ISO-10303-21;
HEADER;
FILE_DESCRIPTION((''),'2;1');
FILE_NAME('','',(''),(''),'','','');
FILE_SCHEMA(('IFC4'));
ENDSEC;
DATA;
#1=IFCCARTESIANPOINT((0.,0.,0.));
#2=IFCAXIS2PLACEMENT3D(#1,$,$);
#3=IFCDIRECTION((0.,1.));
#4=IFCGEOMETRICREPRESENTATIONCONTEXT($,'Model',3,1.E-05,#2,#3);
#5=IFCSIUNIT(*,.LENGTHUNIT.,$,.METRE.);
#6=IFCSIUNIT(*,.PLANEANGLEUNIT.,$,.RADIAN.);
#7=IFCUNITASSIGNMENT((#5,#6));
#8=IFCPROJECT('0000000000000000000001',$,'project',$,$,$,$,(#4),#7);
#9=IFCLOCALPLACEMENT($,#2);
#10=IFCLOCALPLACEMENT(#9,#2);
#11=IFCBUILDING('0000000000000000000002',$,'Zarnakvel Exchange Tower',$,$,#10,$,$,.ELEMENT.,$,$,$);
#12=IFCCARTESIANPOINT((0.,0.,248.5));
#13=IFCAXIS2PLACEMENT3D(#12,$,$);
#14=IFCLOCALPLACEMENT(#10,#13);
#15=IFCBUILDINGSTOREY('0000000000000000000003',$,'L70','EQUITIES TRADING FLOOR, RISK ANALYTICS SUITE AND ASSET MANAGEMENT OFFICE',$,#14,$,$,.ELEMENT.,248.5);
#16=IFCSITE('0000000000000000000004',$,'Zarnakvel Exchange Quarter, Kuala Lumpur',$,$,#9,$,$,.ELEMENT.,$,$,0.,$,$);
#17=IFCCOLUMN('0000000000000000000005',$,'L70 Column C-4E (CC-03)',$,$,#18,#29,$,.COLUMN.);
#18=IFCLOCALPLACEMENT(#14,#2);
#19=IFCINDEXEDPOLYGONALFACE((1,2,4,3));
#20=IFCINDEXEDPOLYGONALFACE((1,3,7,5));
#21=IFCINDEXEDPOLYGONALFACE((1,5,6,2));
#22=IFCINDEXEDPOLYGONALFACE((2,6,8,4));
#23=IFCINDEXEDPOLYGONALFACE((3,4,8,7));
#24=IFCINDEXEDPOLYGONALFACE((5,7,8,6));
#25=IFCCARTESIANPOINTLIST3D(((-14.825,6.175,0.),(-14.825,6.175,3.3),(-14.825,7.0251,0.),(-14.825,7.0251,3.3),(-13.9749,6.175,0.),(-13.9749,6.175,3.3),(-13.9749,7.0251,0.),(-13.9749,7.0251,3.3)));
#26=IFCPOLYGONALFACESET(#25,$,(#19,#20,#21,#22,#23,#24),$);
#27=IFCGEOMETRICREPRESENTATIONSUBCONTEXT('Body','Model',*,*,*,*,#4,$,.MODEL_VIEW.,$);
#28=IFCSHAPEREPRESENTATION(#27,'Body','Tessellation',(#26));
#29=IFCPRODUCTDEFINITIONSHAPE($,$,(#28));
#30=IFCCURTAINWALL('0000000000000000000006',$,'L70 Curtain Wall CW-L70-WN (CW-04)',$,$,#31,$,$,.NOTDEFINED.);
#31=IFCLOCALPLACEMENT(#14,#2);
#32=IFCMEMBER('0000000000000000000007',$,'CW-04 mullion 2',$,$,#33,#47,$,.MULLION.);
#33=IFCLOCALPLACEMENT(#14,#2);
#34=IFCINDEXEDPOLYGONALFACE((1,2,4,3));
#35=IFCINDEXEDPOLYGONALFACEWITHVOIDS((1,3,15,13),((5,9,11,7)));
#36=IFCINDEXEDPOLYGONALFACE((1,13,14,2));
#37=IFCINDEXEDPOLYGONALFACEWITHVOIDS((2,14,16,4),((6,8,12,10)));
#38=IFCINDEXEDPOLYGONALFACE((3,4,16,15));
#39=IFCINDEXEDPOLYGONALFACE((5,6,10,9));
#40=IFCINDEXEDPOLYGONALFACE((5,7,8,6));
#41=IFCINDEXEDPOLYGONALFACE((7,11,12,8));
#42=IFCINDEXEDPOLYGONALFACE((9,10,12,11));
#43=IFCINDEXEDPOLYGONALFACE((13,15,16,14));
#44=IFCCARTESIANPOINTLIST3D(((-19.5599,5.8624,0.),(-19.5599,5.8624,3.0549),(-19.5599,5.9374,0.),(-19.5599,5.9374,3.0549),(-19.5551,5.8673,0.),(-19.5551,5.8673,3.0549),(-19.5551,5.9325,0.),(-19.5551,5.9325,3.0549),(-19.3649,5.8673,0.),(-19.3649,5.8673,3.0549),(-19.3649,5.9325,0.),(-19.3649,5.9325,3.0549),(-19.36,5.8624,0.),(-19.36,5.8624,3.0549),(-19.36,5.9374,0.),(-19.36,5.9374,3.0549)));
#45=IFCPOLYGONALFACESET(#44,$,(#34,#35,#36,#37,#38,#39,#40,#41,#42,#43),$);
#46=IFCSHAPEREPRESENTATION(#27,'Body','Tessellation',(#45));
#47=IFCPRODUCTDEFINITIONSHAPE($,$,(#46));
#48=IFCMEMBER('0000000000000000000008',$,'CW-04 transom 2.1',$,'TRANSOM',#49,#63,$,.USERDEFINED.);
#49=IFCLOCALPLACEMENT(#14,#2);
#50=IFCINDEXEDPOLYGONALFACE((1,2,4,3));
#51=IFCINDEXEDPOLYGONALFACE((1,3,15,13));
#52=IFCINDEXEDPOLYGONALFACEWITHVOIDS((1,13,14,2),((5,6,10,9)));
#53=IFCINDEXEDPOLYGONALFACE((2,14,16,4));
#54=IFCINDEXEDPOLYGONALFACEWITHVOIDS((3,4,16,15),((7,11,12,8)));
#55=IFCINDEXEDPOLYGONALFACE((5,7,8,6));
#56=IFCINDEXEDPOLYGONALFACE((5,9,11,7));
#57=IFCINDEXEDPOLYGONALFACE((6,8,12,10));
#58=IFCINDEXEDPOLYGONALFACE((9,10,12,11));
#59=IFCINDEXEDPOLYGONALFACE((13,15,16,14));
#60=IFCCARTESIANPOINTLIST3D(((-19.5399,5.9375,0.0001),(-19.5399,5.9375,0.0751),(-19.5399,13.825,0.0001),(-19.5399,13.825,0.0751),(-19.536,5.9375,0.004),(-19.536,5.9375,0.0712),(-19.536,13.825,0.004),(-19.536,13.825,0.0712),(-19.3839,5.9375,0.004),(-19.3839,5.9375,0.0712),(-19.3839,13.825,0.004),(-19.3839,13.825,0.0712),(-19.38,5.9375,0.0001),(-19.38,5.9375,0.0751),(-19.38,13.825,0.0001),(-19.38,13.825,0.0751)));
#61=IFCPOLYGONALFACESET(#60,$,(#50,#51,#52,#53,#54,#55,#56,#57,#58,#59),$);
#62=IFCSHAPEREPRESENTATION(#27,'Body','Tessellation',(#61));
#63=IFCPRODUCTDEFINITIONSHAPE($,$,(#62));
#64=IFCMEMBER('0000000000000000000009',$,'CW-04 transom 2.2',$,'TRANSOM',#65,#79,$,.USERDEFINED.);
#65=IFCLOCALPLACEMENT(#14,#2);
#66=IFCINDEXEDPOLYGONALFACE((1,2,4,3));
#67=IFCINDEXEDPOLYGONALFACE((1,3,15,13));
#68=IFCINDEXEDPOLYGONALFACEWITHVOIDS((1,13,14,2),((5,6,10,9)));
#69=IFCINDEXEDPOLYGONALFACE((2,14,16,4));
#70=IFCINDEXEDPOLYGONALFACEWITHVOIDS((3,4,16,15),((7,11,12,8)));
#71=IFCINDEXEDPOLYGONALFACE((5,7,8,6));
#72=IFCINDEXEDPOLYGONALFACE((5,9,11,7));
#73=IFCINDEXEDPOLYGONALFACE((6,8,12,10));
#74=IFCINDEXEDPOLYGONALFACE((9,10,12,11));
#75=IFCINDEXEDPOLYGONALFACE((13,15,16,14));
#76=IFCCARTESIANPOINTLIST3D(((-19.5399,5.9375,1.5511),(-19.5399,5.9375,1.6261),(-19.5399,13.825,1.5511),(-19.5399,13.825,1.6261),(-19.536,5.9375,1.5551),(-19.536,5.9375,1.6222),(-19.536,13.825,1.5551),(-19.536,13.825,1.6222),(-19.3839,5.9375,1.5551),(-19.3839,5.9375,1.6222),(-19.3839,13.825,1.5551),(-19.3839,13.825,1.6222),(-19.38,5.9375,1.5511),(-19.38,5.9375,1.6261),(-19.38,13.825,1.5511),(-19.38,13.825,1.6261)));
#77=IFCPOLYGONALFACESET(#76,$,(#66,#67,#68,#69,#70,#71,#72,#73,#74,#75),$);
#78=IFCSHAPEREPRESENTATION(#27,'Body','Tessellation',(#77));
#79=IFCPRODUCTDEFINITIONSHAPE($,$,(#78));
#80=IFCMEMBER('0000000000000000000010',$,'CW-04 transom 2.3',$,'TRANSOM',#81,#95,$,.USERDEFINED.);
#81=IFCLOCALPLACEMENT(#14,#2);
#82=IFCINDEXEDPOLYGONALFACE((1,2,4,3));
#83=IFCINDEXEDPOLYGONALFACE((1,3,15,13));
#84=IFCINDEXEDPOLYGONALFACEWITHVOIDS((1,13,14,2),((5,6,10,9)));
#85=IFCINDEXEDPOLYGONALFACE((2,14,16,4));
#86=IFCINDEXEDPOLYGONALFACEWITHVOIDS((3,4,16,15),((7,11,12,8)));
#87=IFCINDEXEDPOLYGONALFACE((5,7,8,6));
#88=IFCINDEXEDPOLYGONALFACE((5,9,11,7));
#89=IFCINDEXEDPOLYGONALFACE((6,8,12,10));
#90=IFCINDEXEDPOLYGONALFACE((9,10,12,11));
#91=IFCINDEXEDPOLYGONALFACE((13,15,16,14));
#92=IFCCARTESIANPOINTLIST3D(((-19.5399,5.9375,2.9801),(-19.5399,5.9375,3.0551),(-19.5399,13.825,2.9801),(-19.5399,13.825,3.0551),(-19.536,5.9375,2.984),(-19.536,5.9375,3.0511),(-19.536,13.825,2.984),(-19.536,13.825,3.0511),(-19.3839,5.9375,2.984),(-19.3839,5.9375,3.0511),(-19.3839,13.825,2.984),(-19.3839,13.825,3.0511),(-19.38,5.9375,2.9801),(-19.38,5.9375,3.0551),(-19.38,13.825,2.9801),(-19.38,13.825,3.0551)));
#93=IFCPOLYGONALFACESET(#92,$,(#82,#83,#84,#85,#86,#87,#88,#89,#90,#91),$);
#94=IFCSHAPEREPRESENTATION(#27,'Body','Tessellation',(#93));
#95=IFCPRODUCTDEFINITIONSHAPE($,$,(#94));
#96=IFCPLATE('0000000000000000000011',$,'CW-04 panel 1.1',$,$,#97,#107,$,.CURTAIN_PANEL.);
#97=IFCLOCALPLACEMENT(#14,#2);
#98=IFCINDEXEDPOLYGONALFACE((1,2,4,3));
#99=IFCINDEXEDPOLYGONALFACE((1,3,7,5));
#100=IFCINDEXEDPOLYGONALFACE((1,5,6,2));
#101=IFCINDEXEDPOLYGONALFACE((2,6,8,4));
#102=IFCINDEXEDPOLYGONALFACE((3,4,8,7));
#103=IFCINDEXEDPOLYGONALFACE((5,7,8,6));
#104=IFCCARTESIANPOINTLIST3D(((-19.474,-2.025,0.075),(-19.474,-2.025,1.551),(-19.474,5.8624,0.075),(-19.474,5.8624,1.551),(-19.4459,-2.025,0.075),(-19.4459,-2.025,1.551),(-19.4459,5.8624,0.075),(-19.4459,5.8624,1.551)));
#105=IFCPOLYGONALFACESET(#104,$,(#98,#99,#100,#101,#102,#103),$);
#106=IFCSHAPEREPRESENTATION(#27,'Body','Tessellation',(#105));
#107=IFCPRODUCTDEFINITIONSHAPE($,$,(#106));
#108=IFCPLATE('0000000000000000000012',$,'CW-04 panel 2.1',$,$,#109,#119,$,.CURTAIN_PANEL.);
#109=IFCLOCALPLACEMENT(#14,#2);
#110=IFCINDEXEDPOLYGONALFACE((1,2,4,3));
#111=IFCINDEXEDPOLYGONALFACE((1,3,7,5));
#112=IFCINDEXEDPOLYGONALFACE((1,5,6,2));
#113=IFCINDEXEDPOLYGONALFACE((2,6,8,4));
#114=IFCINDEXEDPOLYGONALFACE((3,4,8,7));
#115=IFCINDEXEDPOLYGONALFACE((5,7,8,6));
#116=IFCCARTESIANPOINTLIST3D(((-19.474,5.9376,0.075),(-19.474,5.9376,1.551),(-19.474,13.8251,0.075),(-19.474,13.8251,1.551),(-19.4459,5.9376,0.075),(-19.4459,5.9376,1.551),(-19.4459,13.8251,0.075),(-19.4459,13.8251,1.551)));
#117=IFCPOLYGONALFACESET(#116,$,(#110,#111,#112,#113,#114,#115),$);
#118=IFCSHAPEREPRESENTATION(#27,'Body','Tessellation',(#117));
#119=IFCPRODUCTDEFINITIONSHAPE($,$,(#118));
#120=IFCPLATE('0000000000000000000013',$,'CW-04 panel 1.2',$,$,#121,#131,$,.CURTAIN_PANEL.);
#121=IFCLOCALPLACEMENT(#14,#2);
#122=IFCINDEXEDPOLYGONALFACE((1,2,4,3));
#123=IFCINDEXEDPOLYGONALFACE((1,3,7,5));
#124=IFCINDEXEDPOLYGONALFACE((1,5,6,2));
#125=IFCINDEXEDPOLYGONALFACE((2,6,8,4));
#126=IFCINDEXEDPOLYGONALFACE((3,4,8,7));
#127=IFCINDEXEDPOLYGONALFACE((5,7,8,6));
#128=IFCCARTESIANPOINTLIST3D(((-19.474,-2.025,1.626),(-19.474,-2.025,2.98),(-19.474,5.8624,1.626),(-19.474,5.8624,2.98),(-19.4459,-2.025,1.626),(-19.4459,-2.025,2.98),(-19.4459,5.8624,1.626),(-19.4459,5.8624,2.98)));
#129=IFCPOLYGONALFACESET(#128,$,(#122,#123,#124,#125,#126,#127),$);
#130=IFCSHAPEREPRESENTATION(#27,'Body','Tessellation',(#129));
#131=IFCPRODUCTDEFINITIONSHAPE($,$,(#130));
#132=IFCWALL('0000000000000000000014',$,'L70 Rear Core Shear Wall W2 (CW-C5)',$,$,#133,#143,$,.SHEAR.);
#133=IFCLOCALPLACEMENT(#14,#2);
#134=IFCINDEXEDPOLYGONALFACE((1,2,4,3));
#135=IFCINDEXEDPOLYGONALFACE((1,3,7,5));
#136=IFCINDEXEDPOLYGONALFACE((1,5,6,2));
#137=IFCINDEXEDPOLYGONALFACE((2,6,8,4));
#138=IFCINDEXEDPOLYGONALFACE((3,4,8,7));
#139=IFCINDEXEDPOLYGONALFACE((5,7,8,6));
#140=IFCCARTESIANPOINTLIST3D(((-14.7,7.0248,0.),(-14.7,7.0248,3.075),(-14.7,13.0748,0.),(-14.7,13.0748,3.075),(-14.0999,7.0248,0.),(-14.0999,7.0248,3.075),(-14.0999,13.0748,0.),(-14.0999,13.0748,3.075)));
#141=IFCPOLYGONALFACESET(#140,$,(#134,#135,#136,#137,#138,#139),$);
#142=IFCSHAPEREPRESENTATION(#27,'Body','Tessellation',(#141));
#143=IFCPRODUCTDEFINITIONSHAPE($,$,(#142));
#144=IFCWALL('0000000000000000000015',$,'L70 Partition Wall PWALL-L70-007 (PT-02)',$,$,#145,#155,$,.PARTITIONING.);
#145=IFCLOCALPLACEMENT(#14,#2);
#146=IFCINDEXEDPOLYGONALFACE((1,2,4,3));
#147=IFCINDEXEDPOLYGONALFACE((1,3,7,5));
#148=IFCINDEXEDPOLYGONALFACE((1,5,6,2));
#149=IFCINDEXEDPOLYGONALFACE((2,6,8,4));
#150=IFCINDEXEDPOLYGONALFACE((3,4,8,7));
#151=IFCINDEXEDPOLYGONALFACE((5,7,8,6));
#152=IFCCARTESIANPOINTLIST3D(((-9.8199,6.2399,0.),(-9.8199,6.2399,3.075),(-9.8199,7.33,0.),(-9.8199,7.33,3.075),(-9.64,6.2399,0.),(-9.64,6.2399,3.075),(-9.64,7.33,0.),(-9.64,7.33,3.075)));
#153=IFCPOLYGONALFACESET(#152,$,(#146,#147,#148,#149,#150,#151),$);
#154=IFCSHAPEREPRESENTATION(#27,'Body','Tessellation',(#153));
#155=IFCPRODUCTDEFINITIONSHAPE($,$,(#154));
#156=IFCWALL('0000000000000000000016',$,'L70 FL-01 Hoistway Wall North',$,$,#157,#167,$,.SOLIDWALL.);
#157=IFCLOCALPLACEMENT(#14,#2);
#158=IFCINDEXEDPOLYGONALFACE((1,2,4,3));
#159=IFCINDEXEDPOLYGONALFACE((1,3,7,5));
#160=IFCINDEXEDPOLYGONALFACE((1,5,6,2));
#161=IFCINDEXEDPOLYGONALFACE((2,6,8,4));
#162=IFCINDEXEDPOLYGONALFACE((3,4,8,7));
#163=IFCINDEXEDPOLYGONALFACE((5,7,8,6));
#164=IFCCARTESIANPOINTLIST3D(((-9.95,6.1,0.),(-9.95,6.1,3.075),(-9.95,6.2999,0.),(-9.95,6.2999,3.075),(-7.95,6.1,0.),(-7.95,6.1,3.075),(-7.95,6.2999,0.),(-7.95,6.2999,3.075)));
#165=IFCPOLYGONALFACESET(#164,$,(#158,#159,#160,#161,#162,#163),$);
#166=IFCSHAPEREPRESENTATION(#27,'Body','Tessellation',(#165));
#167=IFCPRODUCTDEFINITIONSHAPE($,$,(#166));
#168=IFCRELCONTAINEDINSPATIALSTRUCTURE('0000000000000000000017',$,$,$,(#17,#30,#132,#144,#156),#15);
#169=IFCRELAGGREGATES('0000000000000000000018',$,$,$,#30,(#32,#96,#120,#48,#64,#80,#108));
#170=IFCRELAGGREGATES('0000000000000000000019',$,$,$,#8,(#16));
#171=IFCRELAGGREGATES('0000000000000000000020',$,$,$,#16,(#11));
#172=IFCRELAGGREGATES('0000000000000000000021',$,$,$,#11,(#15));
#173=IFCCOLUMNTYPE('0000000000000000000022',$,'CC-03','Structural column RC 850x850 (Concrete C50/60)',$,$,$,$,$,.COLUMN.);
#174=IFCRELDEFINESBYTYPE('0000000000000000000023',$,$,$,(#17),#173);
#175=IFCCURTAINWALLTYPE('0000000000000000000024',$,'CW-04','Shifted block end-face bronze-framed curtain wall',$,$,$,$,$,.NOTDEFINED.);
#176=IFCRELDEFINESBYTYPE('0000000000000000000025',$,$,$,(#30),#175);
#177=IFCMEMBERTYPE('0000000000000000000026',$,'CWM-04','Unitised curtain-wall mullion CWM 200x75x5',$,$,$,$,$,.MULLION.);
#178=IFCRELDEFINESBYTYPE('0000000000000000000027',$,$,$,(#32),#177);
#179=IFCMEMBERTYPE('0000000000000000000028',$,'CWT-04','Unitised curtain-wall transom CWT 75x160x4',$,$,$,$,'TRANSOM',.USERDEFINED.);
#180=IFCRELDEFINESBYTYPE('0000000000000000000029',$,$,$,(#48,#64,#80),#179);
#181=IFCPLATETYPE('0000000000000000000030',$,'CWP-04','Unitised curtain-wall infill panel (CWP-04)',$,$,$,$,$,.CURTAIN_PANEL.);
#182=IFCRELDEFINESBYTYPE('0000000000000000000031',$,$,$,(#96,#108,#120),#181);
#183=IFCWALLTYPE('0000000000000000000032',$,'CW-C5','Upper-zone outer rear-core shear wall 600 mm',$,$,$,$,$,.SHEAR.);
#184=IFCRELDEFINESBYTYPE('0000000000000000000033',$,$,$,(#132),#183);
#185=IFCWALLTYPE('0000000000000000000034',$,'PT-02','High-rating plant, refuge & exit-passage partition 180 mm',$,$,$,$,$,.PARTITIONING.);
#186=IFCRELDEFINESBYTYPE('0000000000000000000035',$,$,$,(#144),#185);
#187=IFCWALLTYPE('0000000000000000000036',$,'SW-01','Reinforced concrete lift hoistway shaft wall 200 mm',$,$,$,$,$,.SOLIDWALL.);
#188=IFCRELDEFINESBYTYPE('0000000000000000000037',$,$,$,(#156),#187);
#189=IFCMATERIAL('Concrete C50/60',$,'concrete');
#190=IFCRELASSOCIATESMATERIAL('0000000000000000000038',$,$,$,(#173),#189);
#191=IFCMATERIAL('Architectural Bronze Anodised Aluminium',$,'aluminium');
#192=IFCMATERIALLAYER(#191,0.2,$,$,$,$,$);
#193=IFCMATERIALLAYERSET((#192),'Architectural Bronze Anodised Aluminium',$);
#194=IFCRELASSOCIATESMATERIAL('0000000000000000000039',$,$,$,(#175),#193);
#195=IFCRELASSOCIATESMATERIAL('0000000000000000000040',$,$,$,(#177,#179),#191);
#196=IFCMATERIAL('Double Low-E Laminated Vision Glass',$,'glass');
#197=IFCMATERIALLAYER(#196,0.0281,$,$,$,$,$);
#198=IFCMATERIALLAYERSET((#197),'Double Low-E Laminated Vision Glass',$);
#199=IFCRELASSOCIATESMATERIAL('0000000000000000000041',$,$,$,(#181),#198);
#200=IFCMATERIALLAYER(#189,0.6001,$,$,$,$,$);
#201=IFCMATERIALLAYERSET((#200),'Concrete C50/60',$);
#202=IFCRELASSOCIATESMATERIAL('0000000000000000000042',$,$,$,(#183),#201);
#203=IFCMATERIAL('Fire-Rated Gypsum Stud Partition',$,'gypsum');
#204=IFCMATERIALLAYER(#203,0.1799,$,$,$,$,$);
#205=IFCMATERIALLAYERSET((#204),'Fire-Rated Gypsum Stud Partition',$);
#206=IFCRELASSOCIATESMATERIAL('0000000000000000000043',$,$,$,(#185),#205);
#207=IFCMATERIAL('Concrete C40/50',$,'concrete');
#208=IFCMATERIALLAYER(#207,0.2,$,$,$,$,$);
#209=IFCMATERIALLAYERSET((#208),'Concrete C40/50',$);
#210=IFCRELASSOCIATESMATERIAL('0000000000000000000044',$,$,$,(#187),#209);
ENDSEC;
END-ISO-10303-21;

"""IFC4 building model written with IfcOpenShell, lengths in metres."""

from ifc_helpers import new_model, si_unit, direction, frame, frame_2d, origin, origin_2d, place, context, subcontext, project, spatial, rectangle, hollow_rectangle, extrude, source, transform, mapped, material, layer, layer_set, material_profile, profile_set, type_object, element, aggregate, save


model = new_model("IFC4")

# Units and contexts
model_context = context("Model", 3, precision=1e-05, world=origin(), true_north=direction((0.0, 1.0)))
body_context = subcontext(model_context, "Body", "Model", "MODEL_VIEW")
ifc_project = project(units=[si_unit("LENGTHUNIT", "METRE"), si_unit("PLANEANGLEUNIT", "RADIAN")], contexts=[model_context])

# Site, building, storey
site_placement = place(None, origin())
site = spatial("IfcSite", under=ifc_project, at=site_placement, Name="Zarnakvel Exchange Quarter, Kuala Lumpur", CompositionType="ELEMENT", RefElevation=0.0)
building_placement = place(site_placement, origin())
building = spatial("IfcBuilding", under=site, at=building_placement, Name="Zarnakvel Exchange Tower", CompositionType="ELEMENT")
storey_placement = place(building_placement, frame((0.0, 0.0, 248.5)))
storey = spatial("IfcBuildingStorey", under=building, at=storey_placement, Name="L70", Description="EQUITIES TRADING FLOOR, RISK ANALYTICS SUITE AND ASSET MANAGEMENT OFFICE", CompositionType="ELEMENT", Elevation=248.5)

# Column
ifc_material_1 = material(Name="Concrete C50/60", Category="concrete")
ifc_material_profile_1 = material_profile(ifc_material_1, rectangle(XDim=0.8501, YDim=0.8501, at=origin_2d()))
ifc_profile_set_1 = profile_set([ifc_material_profile_1], Name="Concrete C50/60")
column_type = type_object("IfcColumnType", Name="CC-03", Description="Structural column RC 850x850 (Concrete C50/60)", PredefinedType="COLUMN", material=ifc_profile_set_1)
column_placement = place(storey_placement, frame((-14.3999, 6.6001, 0.0), z_axis=(0.0, 0.0, 1.0), x_axis=(1.0, 0.0, 0.0)))
element("IfcColumn", 1, at=column_placement, inside=storey, type_object=column_type, Name="L70 Column C-4E (CC-03)", PredefinedType="COLUMN", context=body_context, shape_type="SweptSolid", body=[
    extrude(rectangle(XDim=0.8501, YDim=0.8501, at=origin_2d()), origin(), (0.0, 0.0, 1.0), 3.3),
])

# Curtain wall, members, plates
ifc_material_2 = material(Name="Architectural Bronze Anodised Aluminium", Category="aluminium")
ifc_layer_1 = layer(ifc_material_2, 0.2)
ifc_layer_set_1 = layer_set([ifc_layer_1], Name="Architectural Bronze Anodised Aluminium")
curtain_wall_type = type_object("IfcCurtainWallType", Name="CW-04", Description="Shifted block end-face bronze-framed curtain wall", PredefinedType="NOTDEFINED", material=ifc_layer_set_1)
curtain_wall_placement = place(storey_placement, origin())
curtain_wall = element("IfcCurtainWall", 2, at=curtain_wall_placement, inside=storey, type_object=curtain_wall_type, Name="L70 Curtain Wall CW-L70-WN (CW-04)", PredefinedType="NOTDEFINED")
ifc_material_profile_2 = material_profile(ifc_material_2, hollow_rectangle(XDim=0.2, YDim=0.075, WallThickness=0.0049, at=origin_2d()))
ifc_profile_set_2 = profile_set([ifc_material_profile_2], Name="Architectural Bronze Anodised Aluminium")
member_type_1 = type_object("IfcMemberType", Name="CWM-04", Description="Unitised curtain-wall mullion CWM 200x75x5", PredefinedType="MULLION", material=ifc_profile_set_2)
shared_shape_1 = source(origin(), body_context, "Body", "SweptSolid", [
    extrude(hollow_rectangle(XDim=0.2, YDim=0.075, WallThickness=0.0049, at=origin_2d()), origin(), (0.0, 0.0, 1.0), 3.0549),
])
member_1_placement = place(storey_placement, frame((-19.46, 5.8999, 0.0), z_axis=(0.0, 0.0, 1.0), x_axis=(-1.0, 0.0, 0.0)))
member_1 = element("IfcMember", 3, at=member_1_placement, type_object=member_type_1, Name="CW-04 mullion 2", PredefinedType="MULLION", context=body_context, shape_type="MappedRepresentation", body=[
    mapped(shared_shape_1, transform((0.0, 0.0, 0.0), x_axis=(1.0, 0.0, 0.0), y_axis=(0.0, 1.0, 0.0), z_axis=(0.0, 0.0, 1.0), scale=1.0)),
])
ifc_material_profile_3 = material_profile(ifc_material_2, hollow_rectangle(XDim=0.1599, YDim=0.075, WallThickness=0.0039, at=origin_2d()))
ifc_profile_set_3 = profile_set([ifc_material_profile_3], Name="Architectural Bronze Anodised Aluminium")
member_type_2 = type_object("IfcMemberType", Name="CWT-04", Description="Unitised curtain-wall transom CWT 75x160x4", ElementType="TRANSOM", PredefinedType="USERDEFINED", material=ifc_profile_set_3)
shared_shape_2 = source(origin(), body_context, "Body", "SweptSolid", [
    extrude(hollow_rectangle(XDim=0.1599, YDim=0.075, WallThickness=0.0039, at=origin_2d()), origin(), (0.0, 0.0, 1.0), 7.8875),
])
member_2_placement = place(storey_placement, frame((-19.46, 5.9375, 0.0376), z_axis=(0.0, 1.0, 0.0), x_axis=(-1.0, 0.0, 0.0)))
member_2 = element("IfcMember", 4, at=member_2_placement, type_object=member_type_2, Name="CW-04 transom 2.1", ObjectType="TRANSOM", PredefinedType="USERDEFINED", context=body_context, shape_type="MappedRepresentation", body=[
    mapped(shared_shape_2, transform((0.0, 0.0, 0.0), x_axis=(1.0, 0.0, 0.0), y_axis=(0.0, 1.0, 0.0), z_axis=(0.0, 0.0, 1.0), scale=1.0)),
])
member_3_placement = place(storey_placement, frame((-19.46, 5.9375, 1.5886), z_axis=(0.0, 1.0, 0.0), x_axis=(-1.0, 0.0, 0.0)))
member_3 = element("IfcMember", 5, at=member_3_placement, type_object=member_type_2, Name="CW-04 transom 2.2", ObjectType="TRANSOM", PredefinedType="USERDEFINED", context=body_context, shape_type="MappedRepresentation", body=[
    mapped(shared_shape_2, transform((0.0, 0.0, 0.0), x_axis=(1.0, 0.0, 0.0), y_axis=(0.0, 1.0, 0.0), z_axis=(0.0, 0.0, 1.0), scale=1.0)),
])
member_4_placement = place(storey_placement, frame((-19.46, 5.9375, 3.0176), z_axis=(0.0, 1.0, 0.0), x_axis=(-1.0, 0.0, 0.0)))
member_4 = element("IfcMember", 6, at=member_4_placement, type_object=member_type_2, Name="CW-04 transom 2.3", ObjectType="TRANSOM", PredefinedType="USERDEFINED", context=body_context, shape_type="MappedRepresentation", body=[
    mapped(shared_shape_2, transform((0.0, 0.0, 0.0), x_axis=(1.0, 0.0, 0.0), y_axis=(0.0, 1.0, 0.0), z_axis=(0.0, 0.0, 1.0), scale=1.0)),
])
ifc_material_3 = material(Name="Double Low-E Laminated Vision Glass", Category="glass")
ifc_layer_2 = layer(ifc_material_3, 0.0281)
ifc_layer_set_2 = layer_set([ifc_layer_2], Name="Double Low-E Laminated Vision Glass")
plate_type = type_object("IfcPlateType", Name="CWP-04", Description="Unitised curtain-wall infill panel (CWP-04)", PredefinedType="CURTAIN_PANEL", material=ifc_layer_set_2)
shared_shape_3 = source(origin(), body_context, "Body", "SweptSolid", [
    extrude(rectangle(XDim=7.8875, YDim=0.0281, at=origin_2d()), origin(), (0.0, 0.0, 1.0), 1.4761),
])
plate_1_placement = place(storey_placement, frame((-19.46, 1.9187, 0.075), z_axis=(0.0, 0.0, 1.0), x_axis=(0.0, 1.0, 0.0)))
plate_1 = element("IfcPlate", 7, at=plate_1_placement, type_object=plate_type, Name="CW-04 panel 1.1", PredefinedType="CURTAIN_PANEL", context=body_context, shape_type="MappedRepresentation", body=[
    mapped(shared_shape_3, transform((0.0, 0.0, 0.0), x_axis=(1.0, 0.0, 0.0), y_axis=(0.0, 1.0, 0.0), z_axis=(0.0, 0.0, 1.0), scale=1.0)),
])
plate_2_placement = place(storey_placement, frame((-19.46, 9.8813, 0.075), z_axis=(0.0, 0.0, 1.0), x_axis=(0.0, 1.0, 0.0)))
plate_2 = element("IfcPlate", 8, at=plate_2_placement, type_object=plate_type, Name="CW-04 panel 2.1", PredefinedType="CURTAIN_PANEL", context=body_context, shape_type="MappedRepresentation", body=[
    mapped(shared_shape_3, transform((0.0, 0.0, 0.0), x_axis=(1.0, 0.0, 0.0), y_axis=(0.0, 1.0, 0.0), z_axis=(0.0, 0.0, 1.0), scale=1.0)),
])
shared_shape_4 = source(origin(), body_context, "Body", "SweptSolid", [
    extrude(rectangle(XDim=7.8875, YDim=0.0281, at=origin_2d()), origin(), (0.0, 0.0, 1.0), 1.354),
])
plate_3_placement = place(storey_placement, frame((-19.46, 1.9187, 1.626), z_axis=(0.0, 0.0, 1.0), x_axis=(0.0, 1.0, 0.0)))
plate_3 = element("IfcPlate", 9, at=plate_3_placement, type_object=plate_type, Name="CW-04 panel 1.2", PredefinedType="CURTAIN_PANEL", context=body_context, shape_type="MappedRepresentation", body=[
    mapped(shared_shape_4, transform((0.0, 0.0, 0.0), x_axis=(1.0, 0.0, 0.0), y_axis=(0.0, 1.0, 0.0), z_axis=(0.0, 0.0, 1.0), scale=1.0)),
])
aggregate(curtain_wall, [member_1, plate_1, plate_3, member_2, member_3, member_4, plate_2])

# Walls
ifc_layer_3 = layer(ifc_material_1, 0.6001)
ifc_layer_set_3 = layer_set([ifc_layer_3], Name="Concrete C50/60")
wall_type_1 = type_object("IfcWallType", Name="CW-C5", Description="Upper-zone outer rear-core shear wall 600 mm", PredefinedType="SHEAR", material=ifc_layer_set_3)
wall_1_placement = place(storey_placement, frame((-14.3999, 7.0249, 0.0), z_axis=(0.0, 0.0, 1.0), x_axis=(0.0, 1.0, 0.0)))
element("IfcWall", 10, at=wall_1_placement, inside=storey, type_object=wall_type_1, Name="L70 Rear Core Shear Wall W2 (CW-C5)", PredefinedType="SHEAR", context=body_context, shape_type="SweptSolid", body=[
    extrude(rectangle(XDim=6.05, YDim=0.6001, at=frame_2d((3.0249, 0.0))), origin(), (0.0, 0.0, 1.0), 3.075),
])
ifc_material_4 = material(Name="Fire-Rated Gypsum Stud Partition", Category="gypsum")
ifc_layer_4 = layer(ifc_material_4, 0.1799)
ifc_layer_set_4 = layer_set([ifc_layer_4], Name="Fire-Rated Gypsum Stud Partition")
wall_type_2 = type_object("IfcWallType", Name="PT-02", Description="High-rating plant, refuge & exit-passage partition 180 mm", PredefinedType="PARTITIONING", material=ifc_layer_set_4)
wall_2_placement = place(storey_placement, frame((-9.73, 6.24, 0.0), z_axis=(0.0, 0.0, 1.0), x_axis=(0.0, 1.0, 0.0)))
element("IfcWall", 11, at=wall_2_placement, inside=storey, type_object=wall_type_2, Name="L70 Partition Wall PWALL-L70-007 (PT-02)", PredefinedType="PARTITIONING", context=body_context, shape_type="SweptSolid", body=[
    extrude(rectangle(XDim=1.0901, YDim=0.1799, at=frame_2d((0.5449, 0.0))), origin(), (0.0, 0.0, 1.0), 3.075),
])
ifc_material_5 = material(Name="Concrete C40/50", Category="concrete")
ifc_layer_5 = layer(ifc_material_5, 0.2)
ifc_layer_set_5 = layer_set([ifc_layer_5], Name="Concrete C40/50")
wall_type_3 = type_object("IfcWallType", Name="SW-01", Description="Reinforced concrete lift hoistway shaft wall 200 mm", PredefinedType="SOLIDWALL", material=ifc_layer_set_5)
wall_3_placement = place(storey_placement, frame((-9.95, 6.2, 0.0), z_axis=(0.0, 0.0, 1.0), x_axis=(1.0, 0.0, 0.0)))
element("IfcWall", 12, at=wall_3_placement, inside=storey, type_object=wall_type_3, Name="L70 FL-01 Hoistway Wall North", PredefinedType="SOLIDWALL", context=body_context, shape_type="SweptSolid", body=[
    extrude(rectangle(XDim=2.0, YDim=0.2, at=frame_2d((1.0, 0.0))), origin(), (0.0, 0.0, 1.0), 3.075),
])

save(model, "model.ifc")
